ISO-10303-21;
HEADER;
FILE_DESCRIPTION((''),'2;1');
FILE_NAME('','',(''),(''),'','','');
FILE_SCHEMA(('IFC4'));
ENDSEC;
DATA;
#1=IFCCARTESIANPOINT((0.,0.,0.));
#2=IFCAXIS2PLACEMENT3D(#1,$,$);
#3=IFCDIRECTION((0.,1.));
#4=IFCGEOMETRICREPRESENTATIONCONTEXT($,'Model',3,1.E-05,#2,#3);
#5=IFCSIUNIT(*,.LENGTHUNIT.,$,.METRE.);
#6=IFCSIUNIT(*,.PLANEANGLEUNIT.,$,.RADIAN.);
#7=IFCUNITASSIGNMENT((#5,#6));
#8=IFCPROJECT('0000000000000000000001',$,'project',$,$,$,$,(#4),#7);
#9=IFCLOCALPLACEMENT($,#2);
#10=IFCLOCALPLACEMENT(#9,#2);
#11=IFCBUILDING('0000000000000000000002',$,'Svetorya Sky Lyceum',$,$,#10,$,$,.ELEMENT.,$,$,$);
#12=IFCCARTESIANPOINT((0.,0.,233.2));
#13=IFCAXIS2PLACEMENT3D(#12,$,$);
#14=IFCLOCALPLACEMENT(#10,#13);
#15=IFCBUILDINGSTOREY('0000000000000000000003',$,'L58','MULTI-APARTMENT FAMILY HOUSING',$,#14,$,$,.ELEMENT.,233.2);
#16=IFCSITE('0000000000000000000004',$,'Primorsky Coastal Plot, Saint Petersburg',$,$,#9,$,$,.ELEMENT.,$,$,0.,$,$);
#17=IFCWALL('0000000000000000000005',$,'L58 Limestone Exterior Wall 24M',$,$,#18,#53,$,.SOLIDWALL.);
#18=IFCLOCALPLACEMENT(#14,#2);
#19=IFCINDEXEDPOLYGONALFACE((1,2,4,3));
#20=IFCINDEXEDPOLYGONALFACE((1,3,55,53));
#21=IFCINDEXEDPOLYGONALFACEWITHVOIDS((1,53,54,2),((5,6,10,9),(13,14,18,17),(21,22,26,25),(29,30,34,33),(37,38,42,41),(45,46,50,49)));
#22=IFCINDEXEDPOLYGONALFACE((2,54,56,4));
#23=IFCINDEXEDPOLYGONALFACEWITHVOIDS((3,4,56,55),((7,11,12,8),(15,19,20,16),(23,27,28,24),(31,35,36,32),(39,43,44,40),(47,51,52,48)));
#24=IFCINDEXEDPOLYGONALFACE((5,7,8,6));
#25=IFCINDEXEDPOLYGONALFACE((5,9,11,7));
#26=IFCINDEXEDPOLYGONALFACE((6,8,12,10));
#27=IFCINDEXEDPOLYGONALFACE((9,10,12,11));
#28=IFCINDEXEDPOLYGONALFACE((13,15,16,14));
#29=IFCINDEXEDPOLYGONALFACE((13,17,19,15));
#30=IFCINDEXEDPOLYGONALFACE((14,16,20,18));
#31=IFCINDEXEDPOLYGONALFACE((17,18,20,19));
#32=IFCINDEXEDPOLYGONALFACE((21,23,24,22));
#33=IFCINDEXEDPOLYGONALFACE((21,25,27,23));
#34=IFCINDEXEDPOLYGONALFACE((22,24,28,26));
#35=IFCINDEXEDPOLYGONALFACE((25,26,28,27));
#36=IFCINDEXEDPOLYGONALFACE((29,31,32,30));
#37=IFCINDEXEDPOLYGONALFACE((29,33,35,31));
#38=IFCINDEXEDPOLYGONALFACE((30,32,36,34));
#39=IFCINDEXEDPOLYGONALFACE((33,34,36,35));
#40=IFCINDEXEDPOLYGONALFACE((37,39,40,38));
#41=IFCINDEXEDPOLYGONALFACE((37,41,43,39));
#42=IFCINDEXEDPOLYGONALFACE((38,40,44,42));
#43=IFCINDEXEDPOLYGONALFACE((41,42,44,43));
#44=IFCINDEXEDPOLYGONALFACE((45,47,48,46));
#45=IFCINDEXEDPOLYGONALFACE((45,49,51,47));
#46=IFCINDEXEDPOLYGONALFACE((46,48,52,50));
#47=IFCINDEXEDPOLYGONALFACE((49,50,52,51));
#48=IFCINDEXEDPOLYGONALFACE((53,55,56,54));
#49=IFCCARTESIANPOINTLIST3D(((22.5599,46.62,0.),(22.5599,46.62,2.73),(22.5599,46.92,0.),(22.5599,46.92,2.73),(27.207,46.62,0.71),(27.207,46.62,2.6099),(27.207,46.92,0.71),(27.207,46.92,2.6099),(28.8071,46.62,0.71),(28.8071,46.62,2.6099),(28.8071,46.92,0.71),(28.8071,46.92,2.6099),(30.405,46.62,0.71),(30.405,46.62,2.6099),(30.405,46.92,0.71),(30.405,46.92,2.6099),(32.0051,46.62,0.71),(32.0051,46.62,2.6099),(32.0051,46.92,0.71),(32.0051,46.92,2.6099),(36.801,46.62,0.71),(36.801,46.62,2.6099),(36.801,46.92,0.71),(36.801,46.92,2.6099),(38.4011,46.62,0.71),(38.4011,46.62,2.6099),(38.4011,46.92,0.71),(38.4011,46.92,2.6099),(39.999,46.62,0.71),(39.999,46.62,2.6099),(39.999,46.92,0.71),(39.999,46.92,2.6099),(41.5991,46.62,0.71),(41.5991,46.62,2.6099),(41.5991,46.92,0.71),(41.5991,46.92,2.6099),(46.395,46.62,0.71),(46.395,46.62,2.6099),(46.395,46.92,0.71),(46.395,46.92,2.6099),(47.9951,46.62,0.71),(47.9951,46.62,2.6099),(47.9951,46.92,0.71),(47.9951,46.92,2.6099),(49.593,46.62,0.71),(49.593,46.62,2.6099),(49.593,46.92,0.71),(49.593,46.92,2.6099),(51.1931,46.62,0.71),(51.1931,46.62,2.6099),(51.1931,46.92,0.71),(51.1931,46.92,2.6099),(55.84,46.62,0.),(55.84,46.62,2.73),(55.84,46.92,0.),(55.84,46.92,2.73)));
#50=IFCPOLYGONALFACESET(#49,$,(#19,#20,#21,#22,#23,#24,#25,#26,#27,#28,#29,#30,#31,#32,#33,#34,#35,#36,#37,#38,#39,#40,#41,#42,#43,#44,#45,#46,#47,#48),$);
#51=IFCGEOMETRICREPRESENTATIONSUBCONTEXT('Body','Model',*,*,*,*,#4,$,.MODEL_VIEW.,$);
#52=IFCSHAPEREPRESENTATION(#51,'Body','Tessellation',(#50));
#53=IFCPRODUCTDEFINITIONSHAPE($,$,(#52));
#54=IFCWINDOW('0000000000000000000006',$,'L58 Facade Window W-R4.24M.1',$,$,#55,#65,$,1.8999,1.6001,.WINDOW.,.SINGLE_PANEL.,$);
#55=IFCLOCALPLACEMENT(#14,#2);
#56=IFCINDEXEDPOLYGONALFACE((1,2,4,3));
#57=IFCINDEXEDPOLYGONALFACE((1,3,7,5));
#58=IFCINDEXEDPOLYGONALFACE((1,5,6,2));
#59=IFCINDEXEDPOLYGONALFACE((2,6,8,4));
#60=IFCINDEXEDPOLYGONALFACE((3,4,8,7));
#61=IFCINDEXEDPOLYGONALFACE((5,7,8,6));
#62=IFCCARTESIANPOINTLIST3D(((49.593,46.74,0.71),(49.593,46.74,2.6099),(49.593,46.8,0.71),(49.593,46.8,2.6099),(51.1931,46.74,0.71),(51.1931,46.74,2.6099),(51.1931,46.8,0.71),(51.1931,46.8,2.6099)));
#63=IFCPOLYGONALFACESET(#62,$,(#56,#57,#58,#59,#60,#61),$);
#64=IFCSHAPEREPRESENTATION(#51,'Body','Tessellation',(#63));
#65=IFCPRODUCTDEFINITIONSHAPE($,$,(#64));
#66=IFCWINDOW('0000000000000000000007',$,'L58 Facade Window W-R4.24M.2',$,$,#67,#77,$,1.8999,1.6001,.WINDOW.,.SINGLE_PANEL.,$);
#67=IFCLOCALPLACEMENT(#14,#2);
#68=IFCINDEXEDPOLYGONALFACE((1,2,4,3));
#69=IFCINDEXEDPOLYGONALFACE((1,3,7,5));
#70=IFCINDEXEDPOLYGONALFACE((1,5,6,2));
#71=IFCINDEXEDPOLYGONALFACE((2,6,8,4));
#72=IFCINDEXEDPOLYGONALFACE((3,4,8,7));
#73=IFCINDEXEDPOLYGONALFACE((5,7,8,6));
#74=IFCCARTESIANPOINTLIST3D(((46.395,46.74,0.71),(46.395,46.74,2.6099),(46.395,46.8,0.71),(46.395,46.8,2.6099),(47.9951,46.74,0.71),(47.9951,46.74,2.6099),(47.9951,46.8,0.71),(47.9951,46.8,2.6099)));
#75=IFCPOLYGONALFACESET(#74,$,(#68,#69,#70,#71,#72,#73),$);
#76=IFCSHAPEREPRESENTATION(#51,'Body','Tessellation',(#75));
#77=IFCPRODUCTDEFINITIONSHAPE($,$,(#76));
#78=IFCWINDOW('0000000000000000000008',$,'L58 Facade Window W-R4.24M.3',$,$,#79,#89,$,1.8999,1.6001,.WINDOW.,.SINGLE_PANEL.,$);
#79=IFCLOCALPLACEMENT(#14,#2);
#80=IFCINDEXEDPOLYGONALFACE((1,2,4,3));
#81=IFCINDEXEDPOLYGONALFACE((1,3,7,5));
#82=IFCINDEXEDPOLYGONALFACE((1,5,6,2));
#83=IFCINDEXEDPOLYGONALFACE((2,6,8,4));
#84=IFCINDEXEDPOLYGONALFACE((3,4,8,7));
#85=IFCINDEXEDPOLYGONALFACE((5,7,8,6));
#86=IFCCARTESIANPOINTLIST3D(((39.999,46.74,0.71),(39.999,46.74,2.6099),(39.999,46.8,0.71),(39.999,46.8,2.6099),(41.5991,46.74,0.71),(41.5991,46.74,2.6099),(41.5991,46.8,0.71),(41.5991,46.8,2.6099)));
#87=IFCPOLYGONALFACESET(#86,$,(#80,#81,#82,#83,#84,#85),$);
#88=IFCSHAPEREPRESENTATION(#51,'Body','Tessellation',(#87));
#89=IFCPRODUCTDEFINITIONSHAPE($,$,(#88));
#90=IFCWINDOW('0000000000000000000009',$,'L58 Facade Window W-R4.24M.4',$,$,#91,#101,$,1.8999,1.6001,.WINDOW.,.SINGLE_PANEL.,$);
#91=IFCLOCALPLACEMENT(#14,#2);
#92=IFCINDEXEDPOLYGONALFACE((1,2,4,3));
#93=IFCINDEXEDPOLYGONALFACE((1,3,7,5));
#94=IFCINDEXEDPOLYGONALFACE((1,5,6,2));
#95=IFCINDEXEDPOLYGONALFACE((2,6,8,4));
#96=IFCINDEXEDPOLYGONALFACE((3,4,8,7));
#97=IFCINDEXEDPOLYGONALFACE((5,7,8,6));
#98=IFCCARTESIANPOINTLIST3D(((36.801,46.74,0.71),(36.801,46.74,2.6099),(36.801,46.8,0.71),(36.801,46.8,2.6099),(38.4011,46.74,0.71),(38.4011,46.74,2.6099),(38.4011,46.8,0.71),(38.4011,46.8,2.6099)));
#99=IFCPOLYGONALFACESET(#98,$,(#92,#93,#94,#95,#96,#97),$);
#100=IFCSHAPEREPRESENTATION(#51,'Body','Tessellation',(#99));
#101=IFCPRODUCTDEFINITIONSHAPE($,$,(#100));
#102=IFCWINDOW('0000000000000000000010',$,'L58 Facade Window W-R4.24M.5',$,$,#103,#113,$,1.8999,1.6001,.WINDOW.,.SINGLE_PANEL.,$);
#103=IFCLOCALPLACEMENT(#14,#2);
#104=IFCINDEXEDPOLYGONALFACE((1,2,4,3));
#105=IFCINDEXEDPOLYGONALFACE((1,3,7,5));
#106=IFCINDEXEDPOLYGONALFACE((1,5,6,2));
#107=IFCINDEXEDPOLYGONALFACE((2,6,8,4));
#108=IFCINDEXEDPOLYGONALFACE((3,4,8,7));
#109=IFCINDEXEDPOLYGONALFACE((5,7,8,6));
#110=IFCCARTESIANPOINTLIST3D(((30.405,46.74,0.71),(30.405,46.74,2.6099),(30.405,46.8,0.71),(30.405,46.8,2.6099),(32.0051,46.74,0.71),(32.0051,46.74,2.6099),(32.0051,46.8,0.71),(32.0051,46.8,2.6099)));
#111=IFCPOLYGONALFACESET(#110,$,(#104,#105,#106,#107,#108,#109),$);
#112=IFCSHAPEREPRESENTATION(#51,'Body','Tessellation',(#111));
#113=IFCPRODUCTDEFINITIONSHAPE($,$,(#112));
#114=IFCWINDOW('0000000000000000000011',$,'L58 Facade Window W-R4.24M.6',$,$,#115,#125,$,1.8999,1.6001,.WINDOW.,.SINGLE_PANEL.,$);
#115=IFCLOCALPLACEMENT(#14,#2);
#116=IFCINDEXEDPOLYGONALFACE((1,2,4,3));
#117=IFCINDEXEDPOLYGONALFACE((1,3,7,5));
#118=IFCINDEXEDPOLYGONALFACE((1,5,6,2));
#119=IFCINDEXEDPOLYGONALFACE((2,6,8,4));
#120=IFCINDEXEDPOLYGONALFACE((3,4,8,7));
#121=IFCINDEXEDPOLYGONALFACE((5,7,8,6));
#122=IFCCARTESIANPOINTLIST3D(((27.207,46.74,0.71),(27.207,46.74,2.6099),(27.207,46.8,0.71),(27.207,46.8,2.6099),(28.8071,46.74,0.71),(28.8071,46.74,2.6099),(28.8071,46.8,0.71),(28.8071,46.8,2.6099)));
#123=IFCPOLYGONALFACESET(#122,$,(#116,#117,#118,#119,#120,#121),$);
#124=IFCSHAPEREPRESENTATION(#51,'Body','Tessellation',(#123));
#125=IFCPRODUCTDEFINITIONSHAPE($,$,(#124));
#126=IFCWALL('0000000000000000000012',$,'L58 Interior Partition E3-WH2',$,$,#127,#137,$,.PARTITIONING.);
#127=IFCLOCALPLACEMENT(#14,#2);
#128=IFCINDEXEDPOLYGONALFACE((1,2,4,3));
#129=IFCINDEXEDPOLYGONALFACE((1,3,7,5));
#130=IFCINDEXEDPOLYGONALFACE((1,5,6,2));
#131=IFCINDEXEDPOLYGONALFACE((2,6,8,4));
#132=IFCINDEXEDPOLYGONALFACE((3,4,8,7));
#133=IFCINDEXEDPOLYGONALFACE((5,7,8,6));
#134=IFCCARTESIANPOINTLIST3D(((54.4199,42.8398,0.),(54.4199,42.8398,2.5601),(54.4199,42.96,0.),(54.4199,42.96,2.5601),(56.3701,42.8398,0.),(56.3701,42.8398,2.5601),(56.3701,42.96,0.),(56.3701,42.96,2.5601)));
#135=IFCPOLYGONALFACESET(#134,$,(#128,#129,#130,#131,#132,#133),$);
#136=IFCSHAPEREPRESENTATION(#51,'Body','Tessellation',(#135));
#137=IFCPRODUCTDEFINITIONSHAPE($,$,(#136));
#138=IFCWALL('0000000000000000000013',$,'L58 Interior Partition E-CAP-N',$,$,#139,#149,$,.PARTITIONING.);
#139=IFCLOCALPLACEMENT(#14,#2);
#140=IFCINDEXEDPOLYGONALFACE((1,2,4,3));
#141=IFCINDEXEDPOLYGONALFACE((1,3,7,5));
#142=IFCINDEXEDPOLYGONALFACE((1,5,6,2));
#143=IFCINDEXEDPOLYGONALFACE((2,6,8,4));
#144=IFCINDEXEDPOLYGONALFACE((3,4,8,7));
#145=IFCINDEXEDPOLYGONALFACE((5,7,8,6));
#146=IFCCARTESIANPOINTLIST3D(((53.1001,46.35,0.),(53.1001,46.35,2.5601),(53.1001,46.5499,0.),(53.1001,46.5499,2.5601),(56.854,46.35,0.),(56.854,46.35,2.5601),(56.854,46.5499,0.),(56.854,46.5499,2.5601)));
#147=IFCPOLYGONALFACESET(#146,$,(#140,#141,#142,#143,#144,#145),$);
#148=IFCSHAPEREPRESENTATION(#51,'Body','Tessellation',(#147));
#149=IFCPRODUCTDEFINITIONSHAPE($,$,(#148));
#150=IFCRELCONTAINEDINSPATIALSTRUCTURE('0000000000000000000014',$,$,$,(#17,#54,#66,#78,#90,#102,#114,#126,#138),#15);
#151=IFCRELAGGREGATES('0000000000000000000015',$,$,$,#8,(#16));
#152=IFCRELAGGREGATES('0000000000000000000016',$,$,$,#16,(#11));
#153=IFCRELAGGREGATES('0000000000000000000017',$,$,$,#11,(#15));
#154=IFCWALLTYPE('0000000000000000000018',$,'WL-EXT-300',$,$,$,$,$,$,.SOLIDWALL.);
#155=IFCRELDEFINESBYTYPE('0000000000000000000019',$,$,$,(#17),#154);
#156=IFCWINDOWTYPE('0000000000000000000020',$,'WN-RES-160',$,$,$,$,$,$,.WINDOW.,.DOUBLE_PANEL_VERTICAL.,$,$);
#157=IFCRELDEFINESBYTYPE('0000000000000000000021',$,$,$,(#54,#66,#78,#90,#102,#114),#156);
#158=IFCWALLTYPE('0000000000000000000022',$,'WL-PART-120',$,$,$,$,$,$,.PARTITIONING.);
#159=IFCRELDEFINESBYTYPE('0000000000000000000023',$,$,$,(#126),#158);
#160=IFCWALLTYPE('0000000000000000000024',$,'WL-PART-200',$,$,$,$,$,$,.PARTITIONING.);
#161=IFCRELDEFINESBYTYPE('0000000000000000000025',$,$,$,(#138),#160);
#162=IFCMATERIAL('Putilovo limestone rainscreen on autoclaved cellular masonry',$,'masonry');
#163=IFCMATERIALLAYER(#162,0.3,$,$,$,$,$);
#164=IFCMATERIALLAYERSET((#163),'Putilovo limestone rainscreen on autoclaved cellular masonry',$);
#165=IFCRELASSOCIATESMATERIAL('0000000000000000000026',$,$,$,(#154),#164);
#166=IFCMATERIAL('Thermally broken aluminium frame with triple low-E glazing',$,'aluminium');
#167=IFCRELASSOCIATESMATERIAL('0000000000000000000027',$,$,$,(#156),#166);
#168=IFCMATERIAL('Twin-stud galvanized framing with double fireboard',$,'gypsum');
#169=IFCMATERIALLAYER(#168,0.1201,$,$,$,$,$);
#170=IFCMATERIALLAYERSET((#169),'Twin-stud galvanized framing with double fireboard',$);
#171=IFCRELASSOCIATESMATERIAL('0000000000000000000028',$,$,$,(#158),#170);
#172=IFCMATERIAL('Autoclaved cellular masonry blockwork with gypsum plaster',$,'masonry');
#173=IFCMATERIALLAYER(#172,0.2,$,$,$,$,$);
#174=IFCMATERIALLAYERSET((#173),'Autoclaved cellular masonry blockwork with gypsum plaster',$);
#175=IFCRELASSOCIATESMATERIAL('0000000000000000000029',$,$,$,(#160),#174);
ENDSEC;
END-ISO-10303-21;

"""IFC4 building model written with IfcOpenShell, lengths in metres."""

from ifc_helpers import new_model, si_unit, direction, frame, frame_2d, origin, place, context, subcontext, project, spatial, rectangle, extrude, material, layer, layer_set, type_object, element, fill, save


model = new_model("IFC4")

# Units and contexts
model_context = context("Model", 3, precision=1e-05, world=origin(), true_north=direction((0.0, 1.0)))
body_context = subcontext(model_context, "Body", "Model", "MODEL_VIEW")
ifc_project = project(units=[si_unit("LENGTHUNIT", "METRE"), si_unit("PLANEANGLEUNIT", "RADIAN")], contexts=[model_context])

# Site, building, storey
site_placement = place(None, origin())
site = spatial("IfcSite", under=ifc_project, at=site_placement, Name="Primorsky Coastal Plot, Saint Petersburg", CompositionType="ELEMENT", RefElevation=0.0)
building_placement = place(site_placement, origin())
building = spatial("IfcBuilding", under=site, at=building_placement, Name="Svetorya Sky Lyceum", CompositionType="ELEMENT")
storey_placement = place(building_placement, frame((0.0, 0.0, 233.2)))
storey = spatial("IfcBuildingStorey", under=building, at=storey_placement, Name="L58", Description="MULTI-APARTMENT FAMILY HOUSING", CompositionType="ELEMENT", Elevation=233.2)

# Shared definitions
ifc_material_1 = material(Name="Putilovo limestone rainscreen on autoclaved cellular masonry", Category="masonry")
ifc_layer_1 = layer(ifc_material_1, 0.3)
ifc_layer_set_1 = layer_set([ifc_layer_1], Name="Putilovo limestone rainscreen on autoclaved cellular masonry")
wall_type_1 = type_object("IfcWallType", Name="WL-EXT-300", PredefinedType="SOLIDWALL", material=ifc_layer_set_1)

# Wall, openings, windows
wall_1_placement = place(storey_placement, frame((55.8401, 46.77, 0.0), z_axis=(0.0, 0.0, 1.0), x_axis=(-1.0, 0.0, 0.0)))
wall_1 = element("IfcWall", 1, at=wall_1_placement, inside=storey, type_object=wall_type_1, Name="L58 Limestone Exterior Wall 24M", PredefinedType="SOLIDWALL", context=body_context, shape_type="SweptSolid", body=[
    extrude(rectangle(XDim=33.28, YDim=0.3, at=frame_2d((16.6401, 0.0))), origin(), (0.0, 0.0, 1.0), 2.73),
])
opening_1_placement = place(wall_1_placement, frame((4.647, 0.0, 0.71)))
opening_1 = element("IfcOpeningElement", 2, at=opening_1_placement, cuts=wall_1, PredefinedType="OPENING", context=body_context, shape_type="SweptSolid", body=[
    extrude(rectangle(XDim=1.6001, YDim=1.8999, at=frame_2d((0.8, 0.95))), frame((0.0, 0.1599, 0.0), z_axis=(0.0, -1.0, 0.0), x_axis=(1.0, 0.0, 0.0)), (0.0, 0.0, 1.0), 0.3201),
])
opening_2_placement = place(wall_1_placement, frame((7.845, 0.0, 0.71)))
opening_2 = element("IfcOpeningElement", 3, at=opening_2_placement, cuts=wall_1, PredefinedType="OPENING", context=body_context, shape_type="SweptSolid", body=[
    extrude(rectangle(XDim=1.6001, YDim=1.8999, at=frame_2d((0.8, 0.95))), frame((0.0, 0.1599, 0.0), z_axis=(0.0, -1.0, 0.0), x_axis=(1.0, 0.0, 0.0)), (0.0, 0.0, 1.0), 0.3201),
])
opening_3_placement = place(wall_1_placement, frame((14.241, 0.0, 0.71)))
opening_3 = element("IfcOpeningElement", 4, at=opening_3_placement, cuts=wall_1, PredefinedType="OPENING", context=body_context, shape_type="SweptSolid", body=[
    extrude(rectangle(XDim=1.6001, YDim=1.8999, at=frame_2d((0.8, 0.95))), frame((0.0, 0.1599, 0.0), z_axis=(0.0, -1.0, 0.0), x_axis=(1.0, 0.0, 0.0)), (0.0, 0.0, 1.0), 0.3201),
])
opening_4_placement = place(wall_1_placement, frame((17.439, 0.0, 0.71)))
opening_4 = element("IfcOpeningElement", 5, at=opening_4_placement, cuts=wall_1, PredefinedType="OPENING", context=body_context, shape_type="SweptSolid", body=[
    extrude(rectangle(XDim=1.6001, YDim=1.8999, at=frame_2d((0.8, 0.95))), frame((0.0, 0.1599, 0.0), z_axis=(0.0, -1.0, 0.0), x_axis=(1.0, 0.0, 0.0)), (0.0, 0.0, 1.0), 0.3201),
])
opening_5_placement = place(wall_1_placement, frame((23.835, 0.0, 0.71)))
opening_5 = element("IfcOpeningElement", 6, at=opening_5_placement, cuts=wall_1, PredefinedType="OPENING", context=body_context, shape_type="SweptSolid", body=[
    extrude(rectangle(XDim=1.6001, YDim=1.8999, at=frame_2d((0.8, 0.95))), frame((0.0, 0.1599, 0.0), z_axis=(0.0, -1.0, 0.0), x_axis=(1.0, 0.0, 0.0)), (0.0, 0.0, 1.0), 0.3201),
])
opening_6_placement = place(wall_1_placement, frame((27.033, 0.0, 0.71)))
opening_6 = element("IfcOpeningElement", 7, at=opening_6_placement, cuts=wall_1, PredefinedType="OPENING", context=body_context, shape_type="SweptSolid", body=[
    extrude(rectangle(XDim=1.6001, YDim=1.8999, at=frame_2d((0.8, 0.95))), frame((0.0, 0.1599, 0.0), z_axis=(0.0, -1.0, 0.0), x_axis=(1.0, 0.0, 0.0)), (0.0, 0.0, 1.0), 0.3201),
])
ifc_material_2 = material(Name="Thermally broken aluminium frame with triple low-E glazing", Category="aluminium")
window_type = type_object("IfcWindowType", Name="WN-RES-160", PartitioningType="DOUBLE_PANEL_VERTICAL", PredefinedType="WINDOW", material=ifc_material_2)
window_1_placement = place(opening_1_placement, origin())
window_1 = element("IfcWindow", 8, at=window_1_placement, inside=storey, type_object=window_type, Name="L58 Facade Window W-R4.24M.1", OverallHeight=1.8999, OverallWidth=1.6001, PartitioningType="SINGLE_PANEL", PredefinedType="WINDOW", context=body_context, shape_type="SweptSolid", body=[
    extrude(rectangle(XDim=1.6001, YDim=1.8999, at=frame_2d((0.8, 0.95))), frame((0.0, 0.03, 0.0), z_axis=(0.0, -1.0, 0.0), x_axis=(1.0, 0.0, 0.0)), (0.0, 0.0, 1.0), 0.0601),
])
fill(opening_1, window_1)
window_2_placement = place(opening_2_placement, origin())
window_2 = element("IfcWindow", 9, at=window_2_placement, inside=storey, type_object=window_type, Name="L58 Facade Window W-R4.24M.2", OverallHeight=1.8999, OverallWidth=1.6001, PartitioningType="SINGLE_PANEL", PredefinedType="WINDOW", context=body_context, shape_type="SweptSolid", body=[
    extrude(rectangle(XDim=1.6001, YDim=1.8999, at=frame_2d((0.8, 0.95))), frame((0.0, 0.03, 0.0), z_axis=(0.0, -1.0, 0.0), x_axis=(1.0, 0.0, 0.0)), (0.0, 0.0, 1.0), 0.0601),
])
fill(opening_2, window_2)
window_3_placement = place(opening_3_placement, origin())
window_3 = element("IfcWindow", 10, at=window_3_placement, inside=storey, type_object=window_type, Name="L58 Facade Window W-R4.24M.3", OverallHeight=1.8999, OverallWidth=1.6001, PartitioningType="SINGLE_PANEL", PredefinedType="WINDOW", context=body_context, shape_type="SweptSolid", body=[
    extrude(rectangle(XDim=1.6001, YDim=1.8999, at=frame_2d((0.8, 0.95))), frame((0.0, 0.03, 0.0), z_axis=(0.0, -1.0, 0.0), x_axis=(1.0, 0.0, 0.0)), (0.0, 0.0, 1.0), 0.0601),
])
fill(opening_3, window_3)
window_4_placement = place(opening_4_placement, origin())
window_4 = element("IfcWindow", 11, at=window_4_placement, inside=storey, type_object=window_type, Name="L58 Facade Window W-R4.24M.4", OverallHeight=1.8999, OverallWidth=1.6001, PartitioningType="SINGLE_PANEL", PredefinedType="WINDOW", context=body_context, shape_type="SweptSolid", body=[
    extrude(rectangle(XDim=1.6001, YDim=1.8999, at=frame_2d((0.8, 0.95))), frame((0.0, 0.03, 0.0), z_axis=(0.0, -1.0, 0.0), x_axis=(1.0, 0.0, 0.0)), (0.0, 0.0, 1.0), 0.0601),
])
fill(opening_4, window_4)
window_5_placement = place(opening_5_placement, origin())
window_5 = element("IfcWindow", 12, at=window_5_placement, inside=storey, type_object=window_type, Name="L58 Facade Window W-R4.24M.5", OverallHeight=1.8999, OverallWidth=1.6001, PartitioningType="SINGLE_PANEL", PredefinedType="WINDOW", context=body_context, shape_type="SweptSolid", body=[
    extrude(rectangle(XDim=1.6001, YDim=1.8999, at=frame_2d((0.8, 0.95))), frame((0.0, 0.03, 0.0), z_axis=(0.0, -1.0, 0.0), x_axis=(1.0, 0.0, 0.0)), (0.0, 0.0, 1.0), 0.0601),
])
fill(opening_5, window_5)
window_6_placement = place(opening_6_placement, origin())
window_6 = element("IfcWindow", 13, at=window_6_placement, inside=storey, type_object=window_type, Name="L58 Facade Window W-R4.24M.6", OverallHeight=1.8999, OverallWidth=1.6001, PartitioningType="SINGLE_PANEL", PredefinedType="WINDOW", context=body_context, shape_type="SweptSolid", body=[
    extrude(rectangle(XDim=1.6001, YDim=1.8999, at=frame_2d((0.8, 0.95))), frame((0.0, 0.03, 0.0), z_axis=(0.0, -1.0, 0.0), x_axis=(1.0, 0.0, 0.0)), (0.0, 0.0, 1.0), 0.0601),
])
fill(opening_6, window_6)

# Walls
ifc_material_3 = material(Name="Twin-stud galvanized framing with double fireboard", Category="gypsum")
ifc_layer_2 = layer(ifc_material_3, 0.1201)
ifc_layer_set_2 = layer_set([ifc_layer_2], Name="Twin-stud galvanized framing with double fireboard")
wall_type_2 = type_object("IfcWallType", Name="WL-PART-120", PredefinedType="PARTITIONING", material=ifc_layer_set_2)
wall_2_placement = place(storey_placement, frame((54.4199, 42.8999, 0.0), z_axis=(0.0, 0.0, 1.0), x_axis=(1.0, 0.0, 0.0)))
element("IfcWall", 14, at=wall_2_placement, inside=storey, type_object=wall_type_2, Name="L58 Interior Partition E3-WH2", PredefinedType="PARTITIONING", context=body_context, shape_type="SweptSolid", body=[
    extrude(rectangle(XDim=1.9502, YDim=0.1201, at=frame_2d((0.9751, 0.0))), origin(), (0.0, 0.0, 1.0), 2.5601),
])
ifc_material_4 = material(Name="Autoclaved cellular masonry blockwork with gypsum plaster", Category="masonry")
ifc_layer_3 = layer(ifc_material_4, 0.2)
ifc_layer_set_3 = layer_set([ifc_layer_3], Name="Autoclaved cellular masonry blockwork with gypsum plaster")
wall_type_3 = type_object("IfcWallType", Name="WL-PART-200", PredefinedType="PARTITIONING", material=ifc_layer_set_3)
wall_3_placement = place(storey_placement, frame((53.1001, 46.45, 0.0), z_axis=(0.0, 0.0, 1.0), x_axis=(1.0, 0.0, 0.0)))
element("IfcWall", 15, at=wall_3_placement, inside=storey, type_object=wall_type_3, Name="L58 Interior Partition E-CAP-N", PredefinedType="PARTITIONING", context=body_context, shape_type="SweptSolid", body=[
    extrude(rectangle(XDim=3.7539, YDim=0.2, at=frame_2d((1.877, 0.0))), origin(), (0.0, 0.0, 1.0), 2.5601),
])

save(model, "model.ifc")
